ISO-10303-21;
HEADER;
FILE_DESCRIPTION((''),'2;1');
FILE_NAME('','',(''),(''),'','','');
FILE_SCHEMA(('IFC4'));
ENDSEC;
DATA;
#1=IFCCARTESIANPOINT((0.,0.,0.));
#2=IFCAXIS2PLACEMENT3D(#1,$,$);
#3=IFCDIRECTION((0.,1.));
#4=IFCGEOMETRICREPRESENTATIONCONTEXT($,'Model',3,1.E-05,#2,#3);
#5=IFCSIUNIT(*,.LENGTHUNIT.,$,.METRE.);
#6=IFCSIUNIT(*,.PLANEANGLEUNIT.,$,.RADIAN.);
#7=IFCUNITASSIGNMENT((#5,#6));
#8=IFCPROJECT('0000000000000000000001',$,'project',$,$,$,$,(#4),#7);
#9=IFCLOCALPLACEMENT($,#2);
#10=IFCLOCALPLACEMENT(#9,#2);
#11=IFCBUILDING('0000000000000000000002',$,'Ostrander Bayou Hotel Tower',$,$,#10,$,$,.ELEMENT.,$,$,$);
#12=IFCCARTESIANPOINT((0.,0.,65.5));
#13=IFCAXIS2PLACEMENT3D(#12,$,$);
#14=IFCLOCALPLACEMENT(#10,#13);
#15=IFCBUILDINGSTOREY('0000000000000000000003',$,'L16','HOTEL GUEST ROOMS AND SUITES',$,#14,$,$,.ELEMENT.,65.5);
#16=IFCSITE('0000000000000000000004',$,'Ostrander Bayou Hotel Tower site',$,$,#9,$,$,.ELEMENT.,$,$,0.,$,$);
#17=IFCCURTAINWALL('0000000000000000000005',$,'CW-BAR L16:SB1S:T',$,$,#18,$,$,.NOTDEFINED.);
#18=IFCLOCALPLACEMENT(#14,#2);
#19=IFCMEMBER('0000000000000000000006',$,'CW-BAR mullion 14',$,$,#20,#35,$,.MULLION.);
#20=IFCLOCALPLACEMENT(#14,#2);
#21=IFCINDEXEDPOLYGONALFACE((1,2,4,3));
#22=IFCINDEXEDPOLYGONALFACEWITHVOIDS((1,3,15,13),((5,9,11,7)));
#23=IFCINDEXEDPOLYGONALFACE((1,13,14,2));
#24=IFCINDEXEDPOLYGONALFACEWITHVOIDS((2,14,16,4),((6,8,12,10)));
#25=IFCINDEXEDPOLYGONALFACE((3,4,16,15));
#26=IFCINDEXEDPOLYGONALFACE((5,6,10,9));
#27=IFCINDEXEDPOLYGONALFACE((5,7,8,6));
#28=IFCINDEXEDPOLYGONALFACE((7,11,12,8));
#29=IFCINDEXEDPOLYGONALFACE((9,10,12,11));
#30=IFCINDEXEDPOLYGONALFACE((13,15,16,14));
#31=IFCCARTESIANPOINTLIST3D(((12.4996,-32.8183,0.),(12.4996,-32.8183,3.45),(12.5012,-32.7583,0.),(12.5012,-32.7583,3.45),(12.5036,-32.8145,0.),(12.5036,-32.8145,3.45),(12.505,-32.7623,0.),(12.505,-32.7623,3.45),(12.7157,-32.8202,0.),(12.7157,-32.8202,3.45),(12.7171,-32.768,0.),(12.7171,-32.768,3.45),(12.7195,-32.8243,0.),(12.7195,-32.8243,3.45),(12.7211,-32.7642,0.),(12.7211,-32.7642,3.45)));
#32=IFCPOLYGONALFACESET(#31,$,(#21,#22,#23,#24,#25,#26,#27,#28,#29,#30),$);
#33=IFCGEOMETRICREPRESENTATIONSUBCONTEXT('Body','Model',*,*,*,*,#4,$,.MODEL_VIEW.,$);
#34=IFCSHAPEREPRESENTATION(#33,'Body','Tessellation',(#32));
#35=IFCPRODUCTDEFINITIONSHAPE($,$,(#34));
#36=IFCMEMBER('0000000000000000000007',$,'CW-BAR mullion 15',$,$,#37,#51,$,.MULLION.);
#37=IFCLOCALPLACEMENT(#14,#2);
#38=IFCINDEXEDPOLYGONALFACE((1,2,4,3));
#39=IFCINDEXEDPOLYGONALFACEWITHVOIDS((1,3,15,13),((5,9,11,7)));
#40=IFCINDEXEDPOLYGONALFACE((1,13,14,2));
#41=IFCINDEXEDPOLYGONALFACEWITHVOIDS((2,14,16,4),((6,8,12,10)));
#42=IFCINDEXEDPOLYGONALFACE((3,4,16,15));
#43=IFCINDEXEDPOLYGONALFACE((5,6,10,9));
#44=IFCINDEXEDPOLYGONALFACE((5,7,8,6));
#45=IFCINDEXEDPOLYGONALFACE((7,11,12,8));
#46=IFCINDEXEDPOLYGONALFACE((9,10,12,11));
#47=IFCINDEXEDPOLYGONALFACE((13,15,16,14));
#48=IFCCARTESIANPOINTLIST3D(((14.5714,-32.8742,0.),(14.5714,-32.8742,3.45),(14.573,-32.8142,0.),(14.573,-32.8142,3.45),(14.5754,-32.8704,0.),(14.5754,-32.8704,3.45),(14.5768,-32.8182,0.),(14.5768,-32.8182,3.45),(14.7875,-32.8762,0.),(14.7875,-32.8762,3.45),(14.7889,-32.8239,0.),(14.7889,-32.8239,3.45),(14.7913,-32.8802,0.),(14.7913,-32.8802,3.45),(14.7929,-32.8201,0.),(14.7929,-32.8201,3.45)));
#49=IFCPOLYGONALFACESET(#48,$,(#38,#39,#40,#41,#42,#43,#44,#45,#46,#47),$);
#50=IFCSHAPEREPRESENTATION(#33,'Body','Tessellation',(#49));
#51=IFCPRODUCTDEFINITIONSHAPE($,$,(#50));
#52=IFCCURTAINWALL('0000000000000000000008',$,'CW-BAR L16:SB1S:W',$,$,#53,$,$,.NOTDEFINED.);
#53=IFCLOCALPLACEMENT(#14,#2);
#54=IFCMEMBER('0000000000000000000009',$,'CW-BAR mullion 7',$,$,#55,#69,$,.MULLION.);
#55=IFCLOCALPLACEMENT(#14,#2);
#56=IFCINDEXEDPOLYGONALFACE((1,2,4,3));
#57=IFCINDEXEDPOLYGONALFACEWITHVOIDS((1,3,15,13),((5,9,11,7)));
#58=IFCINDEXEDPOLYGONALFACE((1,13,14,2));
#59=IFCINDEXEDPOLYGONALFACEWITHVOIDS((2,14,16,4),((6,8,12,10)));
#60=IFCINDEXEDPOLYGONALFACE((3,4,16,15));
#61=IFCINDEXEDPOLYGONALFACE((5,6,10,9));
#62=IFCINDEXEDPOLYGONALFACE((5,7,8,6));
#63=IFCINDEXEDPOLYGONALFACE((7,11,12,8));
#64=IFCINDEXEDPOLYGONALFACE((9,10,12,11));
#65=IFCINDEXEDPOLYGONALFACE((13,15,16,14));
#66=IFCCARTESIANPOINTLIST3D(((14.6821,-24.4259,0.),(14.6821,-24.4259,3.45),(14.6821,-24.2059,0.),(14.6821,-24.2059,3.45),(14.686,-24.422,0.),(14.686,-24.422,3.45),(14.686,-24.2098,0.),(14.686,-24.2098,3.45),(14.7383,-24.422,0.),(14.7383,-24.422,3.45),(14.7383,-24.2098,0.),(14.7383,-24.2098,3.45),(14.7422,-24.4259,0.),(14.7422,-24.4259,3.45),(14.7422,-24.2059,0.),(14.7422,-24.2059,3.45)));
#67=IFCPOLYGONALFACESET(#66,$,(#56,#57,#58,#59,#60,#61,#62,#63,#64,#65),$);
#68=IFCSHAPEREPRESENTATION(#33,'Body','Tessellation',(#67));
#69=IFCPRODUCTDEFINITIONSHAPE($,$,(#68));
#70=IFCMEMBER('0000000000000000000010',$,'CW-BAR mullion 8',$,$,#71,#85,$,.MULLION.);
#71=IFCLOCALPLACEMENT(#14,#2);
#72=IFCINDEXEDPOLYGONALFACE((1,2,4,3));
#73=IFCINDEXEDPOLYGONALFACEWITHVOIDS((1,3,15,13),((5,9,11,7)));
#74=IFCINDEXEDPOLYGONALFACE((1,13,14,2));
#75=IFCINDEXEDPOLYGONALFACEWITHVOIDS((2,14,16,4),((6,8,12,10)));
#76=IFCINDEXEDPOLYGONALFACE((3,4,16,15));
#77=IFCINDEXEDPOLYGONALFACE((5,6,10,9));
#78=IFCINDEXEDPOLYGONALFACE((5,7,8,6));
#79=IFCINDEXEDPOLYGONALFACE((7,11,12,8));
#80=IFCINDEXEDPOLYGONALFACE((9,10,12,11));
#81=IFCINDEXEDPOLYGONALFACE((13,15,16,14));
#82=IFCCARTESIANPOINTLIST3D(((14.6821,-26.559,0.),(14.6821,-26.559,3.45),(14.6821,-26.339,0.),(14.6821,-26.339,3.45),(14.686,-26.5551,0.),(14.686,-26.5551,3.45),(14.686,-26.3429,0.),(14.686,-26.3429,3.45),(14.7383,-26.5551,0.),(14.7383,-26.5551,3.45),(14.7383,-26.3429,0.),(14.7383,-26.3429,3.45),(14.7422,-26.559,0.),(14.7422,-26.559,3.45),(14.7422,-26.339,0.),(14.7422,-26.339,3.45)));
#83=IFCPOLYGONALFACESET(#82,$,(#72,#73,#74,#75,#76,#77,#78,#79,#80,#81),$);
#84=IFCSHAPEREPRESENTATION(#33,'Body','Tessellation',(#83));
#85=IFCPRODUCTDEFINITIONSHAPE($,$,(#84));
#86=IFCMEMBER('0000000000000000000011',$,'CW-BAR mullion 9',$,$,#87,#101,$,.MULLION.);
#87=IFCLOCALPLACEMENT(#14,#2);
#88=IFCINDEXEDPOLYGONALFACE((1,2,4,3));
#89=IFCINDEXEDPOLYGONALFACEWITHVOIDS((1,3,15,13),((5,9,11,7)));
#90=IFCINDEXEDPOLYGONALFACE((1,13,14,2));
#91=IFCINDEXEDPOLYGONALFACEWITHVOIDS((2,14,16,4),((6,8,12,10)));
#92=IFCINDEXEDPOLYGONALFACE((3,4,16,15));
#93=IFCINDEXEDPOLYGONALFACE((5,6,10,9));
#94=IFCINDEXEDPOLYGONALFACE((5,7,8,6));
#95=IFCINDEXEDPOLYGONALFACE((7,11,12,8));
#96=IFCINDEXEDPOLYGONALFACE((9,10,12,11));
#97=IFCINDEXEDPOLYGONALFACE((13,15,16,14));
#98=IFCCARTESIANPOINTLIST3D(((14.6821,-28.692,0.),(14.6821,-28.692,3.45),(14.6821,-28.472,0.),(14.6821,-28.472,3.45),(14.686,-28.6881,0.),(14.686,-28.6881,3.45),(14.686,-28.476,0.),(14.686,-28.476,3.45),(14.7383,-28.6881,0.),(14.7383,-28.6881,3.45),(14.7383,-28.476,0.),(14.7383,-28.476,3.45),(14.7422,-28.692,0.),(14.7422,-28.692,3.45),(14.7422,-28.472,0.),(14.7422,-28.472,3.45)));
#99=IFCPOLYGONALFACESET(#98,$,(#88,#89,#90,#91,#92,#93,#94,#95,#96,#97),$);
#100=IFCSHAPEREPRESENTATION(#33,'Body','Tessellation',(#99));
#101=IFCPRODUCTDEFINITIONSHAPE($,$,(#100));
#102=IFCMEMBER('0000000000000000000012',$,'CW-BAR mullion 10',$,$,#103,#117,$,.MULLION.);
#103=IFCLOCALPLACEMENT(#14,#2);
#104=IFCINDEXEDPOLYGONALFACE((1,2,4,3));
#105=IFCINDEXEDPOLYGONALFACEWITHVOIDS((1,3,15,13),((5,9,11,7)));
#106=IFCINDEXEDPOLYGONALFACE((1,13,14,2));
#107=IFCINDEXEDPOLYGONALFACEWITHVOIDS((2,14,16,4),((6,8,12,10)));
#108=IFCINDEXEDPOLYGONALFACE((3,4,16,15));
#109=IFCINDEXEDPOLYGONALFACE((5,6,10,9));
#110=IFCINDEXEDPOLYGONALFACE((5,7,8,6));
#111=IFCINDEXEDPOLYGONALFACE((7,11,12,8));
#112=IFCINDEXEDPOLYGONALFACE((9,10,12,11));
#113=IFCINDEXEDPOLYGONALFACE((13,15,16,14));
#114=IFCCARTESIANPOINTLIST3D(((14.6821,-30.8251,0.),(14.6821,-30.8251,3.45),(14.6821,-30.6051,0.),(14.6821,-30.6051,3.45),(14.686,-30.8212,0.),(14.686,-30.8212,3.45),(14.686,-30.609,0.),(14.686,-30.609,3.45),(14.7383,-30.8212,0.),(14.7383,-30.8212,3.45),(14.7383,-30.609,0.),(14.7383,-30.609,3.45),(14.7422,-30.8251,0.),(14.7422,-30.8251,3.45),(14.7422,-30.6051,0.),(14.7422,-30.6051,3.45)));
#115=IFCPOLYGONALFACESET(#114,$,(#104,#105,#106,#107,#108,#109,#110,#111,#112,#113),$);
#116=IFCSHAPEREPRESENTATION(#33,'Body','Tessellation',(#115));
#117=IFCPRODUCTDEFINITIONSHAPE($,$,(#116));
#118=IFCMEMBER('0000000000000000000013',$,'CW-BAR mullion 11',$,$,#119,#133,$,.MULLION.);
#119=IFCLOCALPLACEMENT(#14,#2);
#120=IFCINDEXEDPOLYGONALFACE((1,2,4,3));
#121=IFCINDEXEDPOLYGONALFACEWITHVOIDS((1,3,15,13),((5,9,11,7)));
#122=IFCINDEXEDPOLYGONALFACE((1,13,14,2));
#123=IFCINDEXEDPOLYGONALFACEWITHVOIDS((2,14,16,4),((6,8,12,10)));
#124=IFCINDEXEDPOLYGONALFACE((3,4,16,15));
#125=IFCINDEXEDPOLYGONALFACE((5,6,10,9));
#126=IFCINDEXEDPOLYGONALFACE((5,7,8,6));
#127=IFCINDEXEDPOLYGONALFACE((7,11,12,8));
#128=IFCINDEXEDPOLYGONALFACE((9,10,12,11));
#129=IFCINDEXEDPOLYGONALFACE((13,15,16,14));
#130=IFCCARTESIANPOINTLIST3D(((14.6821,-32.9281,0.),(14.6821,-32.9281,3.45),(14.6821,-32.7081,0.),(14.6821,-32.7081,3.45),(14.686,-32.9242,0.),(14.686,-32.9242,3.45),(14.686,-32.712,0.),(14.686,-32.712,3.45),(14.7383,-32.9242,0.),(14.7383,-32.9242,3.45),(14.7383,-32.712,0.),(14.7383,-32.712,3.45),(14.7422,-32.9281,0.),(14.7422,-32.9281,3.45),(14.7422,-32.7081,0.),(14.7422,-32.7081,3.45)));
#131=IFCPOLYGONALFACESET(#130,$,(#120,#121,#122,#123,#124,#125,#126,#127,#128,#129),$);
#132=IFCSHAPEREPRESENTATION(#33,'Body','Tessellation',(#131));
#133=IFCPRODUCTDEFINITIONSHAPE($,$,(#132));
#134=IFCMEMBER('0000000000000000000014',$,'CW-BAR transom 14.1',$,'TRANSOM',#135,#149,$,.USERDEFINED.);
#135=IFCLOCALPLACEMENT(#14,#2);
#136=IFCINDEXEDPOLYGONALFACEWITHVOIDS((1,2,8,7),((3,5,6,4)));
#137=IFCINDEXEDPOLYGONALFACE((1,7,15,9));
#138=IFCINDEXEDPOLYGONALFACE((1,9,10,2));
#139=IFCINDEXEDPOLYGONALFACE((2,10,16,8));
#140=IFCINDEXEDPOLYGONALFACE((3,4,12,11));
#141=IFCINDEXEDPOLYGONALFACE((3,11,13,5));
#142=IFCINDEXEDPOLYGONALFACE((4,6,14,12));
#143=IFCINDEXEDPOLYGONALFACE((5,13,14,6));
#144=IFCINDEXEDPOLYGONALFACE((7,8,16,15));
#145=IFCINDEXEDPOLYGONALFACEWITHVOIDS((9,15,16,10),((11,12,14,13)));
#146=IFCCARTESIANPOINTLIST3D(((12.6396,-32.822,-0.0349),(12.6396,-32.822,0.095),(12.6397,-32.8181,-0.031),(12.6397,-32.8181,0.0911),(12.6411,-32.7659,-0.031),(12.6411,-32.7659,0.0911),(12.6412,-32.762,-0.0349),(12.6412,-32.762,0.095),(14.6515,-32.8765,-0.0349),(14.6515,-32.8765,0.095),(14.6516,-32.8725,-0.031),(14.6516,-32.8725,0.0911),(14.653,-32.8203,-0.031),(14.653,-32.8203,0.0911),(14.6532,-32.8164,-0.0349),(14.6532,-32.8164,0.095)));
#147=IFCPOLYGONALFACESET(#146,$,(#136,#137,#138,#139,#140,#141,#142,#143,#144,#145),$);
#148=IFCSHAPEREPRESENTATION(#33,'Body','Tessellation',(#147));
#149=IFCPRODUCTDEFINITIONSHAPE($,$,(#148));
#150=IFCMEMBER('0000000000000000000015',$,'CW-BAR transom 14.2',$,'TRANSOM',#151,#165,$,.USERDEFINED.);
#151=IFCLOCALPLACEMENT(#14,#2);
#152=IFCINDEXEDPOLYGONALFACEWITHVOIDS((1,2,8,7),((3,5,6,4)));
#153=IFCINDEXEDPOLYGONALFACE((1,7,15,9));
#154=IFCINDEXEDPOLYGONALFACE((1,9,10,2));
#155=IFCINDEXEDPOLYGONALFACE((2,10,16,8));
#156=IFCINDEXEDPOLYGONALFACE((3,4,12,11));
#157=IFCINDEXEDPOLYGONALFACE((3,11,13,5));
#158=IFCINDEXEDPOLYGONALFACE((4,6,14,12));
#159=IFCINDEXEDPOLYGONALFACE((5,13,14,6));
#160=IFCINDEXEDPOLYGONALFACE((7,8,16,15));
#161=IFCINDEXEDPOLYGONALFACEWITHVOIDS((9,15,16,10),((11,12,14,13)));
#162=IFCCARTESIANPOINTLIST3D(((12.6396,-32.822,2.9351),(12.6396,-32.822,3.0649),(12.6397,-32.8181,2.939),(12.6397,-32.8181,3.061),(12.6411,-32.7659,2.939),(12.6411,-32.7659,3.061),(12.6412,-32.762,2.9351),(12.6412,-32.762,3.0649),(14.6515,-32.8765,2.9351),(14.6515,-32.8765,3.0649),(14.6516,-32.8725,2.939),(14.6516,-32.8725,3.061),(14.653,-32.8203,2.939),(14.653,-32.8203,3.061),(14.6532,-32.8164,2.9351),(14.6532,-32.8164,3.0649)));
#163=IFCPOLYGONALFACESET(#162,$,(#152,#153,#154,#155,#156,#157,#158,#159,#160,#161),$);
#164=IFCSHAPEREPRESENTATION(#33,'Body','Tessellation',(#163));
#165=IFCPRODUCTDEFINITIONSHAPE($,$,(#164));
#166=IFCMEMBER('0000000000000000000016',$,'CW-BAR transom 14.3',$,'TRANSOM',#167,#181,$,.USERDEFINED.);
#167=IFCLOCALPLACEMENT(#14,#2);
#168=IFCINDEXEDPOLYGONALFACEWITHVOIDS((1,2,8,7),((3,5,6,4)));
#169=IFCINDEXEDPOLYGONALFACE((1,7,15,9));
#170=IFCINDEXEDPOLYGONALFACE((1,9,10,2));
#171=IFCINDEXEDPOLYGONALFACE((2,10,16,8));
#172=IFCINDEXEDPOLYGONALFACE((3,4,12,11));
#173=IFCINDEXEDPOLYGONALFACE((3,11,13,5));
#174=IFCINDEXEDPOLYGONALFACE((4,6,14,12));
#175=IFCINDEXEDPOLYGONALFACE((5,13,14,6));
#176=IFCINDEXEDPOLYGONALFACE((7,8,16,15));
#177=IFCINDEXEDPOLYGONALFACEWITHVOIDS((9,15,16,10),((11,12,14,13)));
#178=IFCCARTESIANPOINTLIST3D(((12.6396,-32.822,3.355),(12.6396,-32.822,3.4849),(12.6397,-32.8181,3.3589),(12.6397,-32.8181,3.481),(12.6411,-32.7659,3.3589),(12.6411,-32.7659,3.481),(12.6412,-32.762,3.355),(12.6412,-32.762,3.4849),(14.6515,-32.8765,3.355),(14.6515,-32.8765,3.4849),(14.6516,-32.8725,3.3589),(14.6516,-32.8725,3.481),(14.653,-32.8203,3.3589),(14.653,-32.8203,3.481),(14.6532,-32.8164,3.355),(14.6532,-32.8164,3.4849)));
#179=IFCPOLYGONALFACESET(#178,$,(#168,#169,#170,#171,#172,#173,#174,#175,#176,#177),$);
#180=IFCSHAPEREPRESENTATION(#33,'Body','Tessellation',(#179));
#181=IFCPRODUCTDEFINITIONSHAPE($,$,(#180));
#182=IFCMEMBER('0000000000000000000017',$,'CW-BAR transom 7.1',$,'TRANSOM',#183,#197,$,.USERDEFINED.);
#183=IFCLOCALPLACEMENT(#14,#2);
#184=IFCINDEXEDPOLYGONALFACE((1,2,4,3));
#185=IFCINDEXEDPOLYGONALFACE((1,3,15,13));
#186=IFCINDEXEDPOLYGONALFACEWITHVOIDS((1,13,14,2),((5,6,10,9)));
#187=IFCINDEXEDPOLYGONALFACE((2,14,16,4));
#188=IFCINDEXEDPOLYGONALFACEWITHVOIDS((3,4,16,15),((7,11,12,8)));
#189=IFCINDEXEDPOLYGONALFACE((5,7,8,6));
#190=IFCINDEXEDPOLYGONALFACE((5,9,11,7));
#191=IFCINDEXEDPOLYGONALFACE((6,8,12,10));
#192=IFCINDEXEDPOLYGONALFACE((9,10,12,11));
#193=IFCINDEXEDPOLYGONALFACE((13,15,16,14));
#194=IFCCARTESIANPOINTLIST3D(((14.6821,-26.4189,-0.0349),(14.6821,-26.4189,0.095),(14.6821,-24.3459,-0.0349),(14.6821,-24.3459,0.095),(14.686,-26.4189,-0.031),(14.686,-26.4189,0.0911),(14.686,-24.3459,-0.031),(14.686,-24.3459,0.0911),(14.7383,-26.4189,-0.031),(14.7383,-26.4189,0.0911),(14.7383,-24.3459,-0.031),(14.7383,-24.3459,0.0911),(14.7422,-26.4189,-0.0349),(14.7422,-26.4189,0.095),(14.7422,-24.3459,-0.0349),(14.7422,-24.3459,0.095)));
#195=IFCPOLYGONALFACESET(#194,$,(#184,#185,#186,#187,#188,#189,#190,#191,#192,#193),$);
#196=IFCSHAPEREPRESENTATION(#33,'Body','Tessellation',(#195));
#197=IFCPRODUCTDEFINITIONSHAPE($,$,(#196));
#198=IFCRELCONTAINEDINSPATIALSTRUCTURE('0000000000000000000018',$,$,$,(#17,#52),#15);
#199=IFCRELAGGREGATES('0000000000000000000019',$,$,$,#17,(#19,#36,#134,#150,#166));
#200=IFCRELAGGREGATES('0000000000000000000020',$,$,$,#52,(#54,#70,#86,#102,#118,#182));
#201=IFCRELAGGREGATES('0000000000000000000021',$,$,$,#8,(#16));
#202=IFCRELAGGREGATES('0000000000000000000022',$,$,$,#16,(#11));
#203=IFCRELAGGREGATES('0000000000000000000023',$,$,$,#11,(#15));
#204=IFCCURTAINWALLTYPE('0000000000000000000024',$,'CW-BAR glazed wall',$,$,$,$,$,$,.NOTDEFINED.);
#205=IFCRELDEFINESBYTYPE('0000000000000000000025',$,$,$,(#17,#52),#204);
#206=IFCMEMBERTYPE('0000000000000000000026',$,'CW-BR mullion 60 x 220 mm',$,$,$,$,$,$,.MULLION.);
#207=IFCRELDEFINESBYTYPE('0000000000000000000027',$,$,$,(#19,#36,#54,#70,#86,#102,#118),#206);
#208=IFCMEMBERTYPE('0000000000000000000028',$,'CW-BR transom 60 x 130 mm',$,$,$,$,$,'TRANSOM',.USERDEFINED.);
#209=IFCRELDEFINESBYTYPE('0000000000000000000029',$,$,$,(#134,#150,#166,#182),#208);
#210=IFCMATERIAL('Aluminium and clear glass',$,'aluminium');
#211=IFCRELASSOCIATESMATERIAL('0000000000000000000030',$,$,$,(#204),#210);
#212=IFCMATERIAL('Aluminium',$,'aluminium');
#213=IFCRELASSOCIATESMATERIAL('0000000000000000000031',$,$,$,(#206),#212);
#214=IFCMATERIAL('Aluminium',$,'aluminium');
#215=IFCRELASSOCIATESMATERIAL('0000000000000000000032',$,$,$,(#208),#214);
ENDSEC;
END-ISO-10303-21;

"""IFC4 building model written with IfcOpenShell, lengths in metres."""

from ifc_helpers import new_model, si_unit, direction, frame, origin, origin_2d, place, context, subcontext, project, spatial, hollow_rectangle, extrude, material, material_profile, profile_set, type_object, element, aggregate, save


model = new_model("IFC4")

# Units and contexts
model_context = context("Model", 3, precision=1e-05, world=origin(), true_north=direction((0.0, 1.0)))
body_context = subcontext(model_context, "Body", "Model", "MODEL_VIEW")
ifc_project = project(units=[si_unit("LENGTHUNIT", "METRE"), si_unit("PLANEANGLEUNIT", "RADIAN")], contexts=[model_context])

# Site, building, storey
site_placement = place(None, origin())
site = spatial("IfcSite", under=ifc_project, at=site_placement, Name="Ostrander Bayou Hotel Tower site", CompositionType="ELEMENT", RefElevation=0.0)
building_placement = place(site_placement, origin())
building = spatial("IfcBuilding", under=site, at=building_placement, Name="Ostrander Bayou Hotel Tower", CompositionType="ELEMENT")
storey_placement = place(building_placement, frame((0.0, 0.0, 65.5)))
storey = spatial("IfcBuildingStorey", under=building, at=storey_placement, Name="L16", Description="HOTEL GUEST ROOMS AND SUITES", CompositionType="ELEMENT", Elevation=65.5)

# Curtain walls, members
ifc_material_1 = material(Name="Aluminium and clear glass", Category="aluminium")
curtain_wall_type = type_object("IfcCurtainWallType", Name="CW-BAR glazed wall", PredefinedType="NOTDEFINED", material=ifc_material_1)
curtain_wall_1_placement = place(storey_placement, origin())
curtain_wall_1 = element("IfcCurtainWall", 1, at=curtain_wall_1_placement, inside=storey, type_object=curtain_wall_type, Name="CW-BAR L16:SB1S:T", PredefinedType="NOTDEFINED")
ifc_material_2 = material(Name="Aluminium", Category="aluminium")
ifc_material_profile_1 = material_profile(ifc_material_2, hollow_rectangle(XDim=0.0601, YDim=0.22, WallThickness=0.0039, at=origin_2d()))
ifc_profile_set_1 = profile_set([ifc_material_profile_1], Name="Aluminium")
member_type_1 = type_object("IfcMemberType", Name="CW-BR mullion 60 x 220 mm", PredefinedType="MULLION", material=ifc_profile_set_1)
member_1_placement = place(storey_placement, frame((12.6104, -32.7913, 0.0), z_axis=(0.0, 0.0, 1.0), x_axis=(0.027042, 0.999634, 0.0)))
member_1 = element("IfcMember", 2, at=member_1_placement, type_object=member_type_1, Name="CW-BAR mullion 14", PredefinedType="MULLION", context=body_context, shape_type="SweptSolid", body=[
    extrude(hollow_rectangle(XDim=0.0601, YDim=0.22, WallThickness=0.0039, at=origin_2d()), origin(), (0.0, 0.0, 1.0), 3.45),
])
member_2_placement = place(storey_placement, frame((14.6821, -32.8472, 0.0), z_axis=(0.0, 0.0, 1.0), x_axis=(0.027042, 0.999634, 0.0)))
member_2 = element("IfcMember", 3, at=member_2_placement, type_object=member_type_1, Name="CW-BAR mullion 15", PredefinedType="MULLION", context=body_context, shape_type="SweptSolid", body=[
    extrude(hollow_rectangle(XDim=0.0601, YDim=0.22, WallThickness=0.0039, at=origin_2d()), origin(), (0.0, 0.0, 1.0), 3.45),
])
curtain_wall_2_placement = place(storey_placement, origin())
curtain_wall_2 = element("IfcCurtainWall", 4, at=curtain_wall_2_placement, inside=storey, type_object=curtain_wall_type, Name="CW-BAR L16:SB1S:W", PredefinedType="NOTDEFINED")
member_3_placement = place(storey_placement, frame((14.7122, -24.3159, 0.0), z_axis=(0.0, 0.0, 1.0), x_axis=(1.0, 0.0, 0.0)))
member_3 = element("IfcMember", 5, at=member_3_placement, type_object=member_type_1, Name="CW-BAR mullion 7", PredefinedType="MULLION", context=body_context, shape_type="SweptSolid", body=[
    extrude(hollow_rectangle(XDim=0.0601, YDim=0.22, WallThickness=0.0039, at=origin_2d()), origin(), (0.0, 0.0, 1.0), 3.45),
])
member_4_placement = place(storey_placement, frame((14.7122, -26.449, 0.0), z_axis=(0.0, 0.0, 1.0), x_axis=(1.0, 0.0, 0.0)))
member_4 = element("IfcMember", 6, at=member_4_placement, type_object=member_type_1, Name="CW-BAR mullion 8", PredefinedType="MULLION", context=body_context, shape_type="SweptSolid", body=[
    extrude(hollow_rectangle(XDim=0.0601, YDim=0.22, WallThickness=0.0039, at=origin_2d()), origin(), (0.0, 0.0, 1.0), 3.45),
])
member_5_placement = place(storey_placement, frame((14.7122, -28.582, 0.0), z_axis=(0.0, 0.0, 1.0), x_axis=(1.0, 0.0, 0.0)))
member_5 = element("IfcMember", 7, at=member_5_placement, type_object=member_type_1, Name="CW-BAR mullion 9", PredefinedType="MULLION", context=body_context, shape_type="SweptSolid", body=[
    extrude(hollow_rectangle(XDim=0.0601, YDim=0.22, WallThickness=0.0039, at=origin_2d()), origin(), (0.0, 0.0, 1.0), 3.45),
])
member_6_placement = place(storey_placement, frame((14.7122, -30.7151, 0.0), z_axis=(0.0, 0.0, 1.0), x_axis=(1.0, 0.0, 0.0)))
member_6 = element("IfcMember", 8, at=member_6_placement, type_object=member_type_1, Name="CW-BAR mullion 10", PredefinedType="MULLION", context=body_context, shape_type="SweptSolid", body=[
    extrude(hollow_rectangle(XDim=0.0601, YDim=0.22, WallThickness=0.0039, at=origin_2d()), origin(), (0.0, 0.0, 1.0), 3.45),
])
member_7_placement = place(storey_placement, frame((14.7122, -32.8181, 0.0), z_axis=(0.0, 0.0, 1.0), x_axis=(1.0, 0.0, 0.0)))
member_7 = element("IfcMember", 9, at=member_7_placement, type_object=member_type_1, Name="CW-BAR mullion 11", PredefinedType="MULLION", context=body_context, shape_type="SweptSolid", body=[
    extrude(hollow_rectangle(XDim=0.0601, YDim=0.22, WallThickness=0.0039, at=origin_2d()), origin(), (0.0, 0.0, 1.0), 3.45),
])

# Members
ifc_material_3 = material(Name="Aluminium", Category="aluminium")
ifc_material_profile_2 = material_profile(ifc_material_3, hollow_rectangle(XDim=0.0601, YDim=0.1299, WallThickness=0.0039, at=origin_2d()))
ifc_profile_set_2 = profile_set([ifc_material_profile_2], Name="Aluminium")
member_type_2 = type_object("IfcMemberType", Name="CW-BR transom 60 x 130 mm", ElementType="TRANSOM", PredefinedType="USERDEFINED", material=ifc_profile_set_2)
member_8_placement = place(storey_placement, frame((12.6404, -32.792, 0.03), z_axis=(0.999634, -0.02705, 0.0), x_axis=(0.02705, 0.999634, 0.0)))
member_8 = element("IfcMember", 10, at=member_8_placement, type_object=member_type_2, Name="CW-BAR transom 14.1", ObjectType="TRANSOM", PredefinedType="USERDEFINED", context=body_context, shape_type="SweptSolid", body=[
    extrude(hollow_rectangle(XDim=0.0601, YDim=0.1299, WallThickness=0.0039, at=origin_2d()), origin(), (0.0, 0.0, 1.0), 2.0127),
])
member_9_placement = place(storey_placement, frame((12.6404, -32.792, 3.0), z_axis=(0.999634, -0.02705, 0.0), x_axis=(0.02705, 0.999634, 0.0)))
member_9 = element("IfcMember", 11, at=member_9_placement, type_object=member_type_2, Name="CW-BAR transom 14.2", ObjectType="TRANSOM", PredefinedType="USERDEFINED", context=body_context, shape_type="SweptSolid", body=[
    extrude(hollow_rectangle(XDim=0.0601, YDim=0.1299, WallThickness=0.0039, at=origin_2d()), origin(), (0.0, 0.0, 1.0), 2.0127),
])
member_10_placement = place(storey_placement, frame((12.6404, -32.792, 3.4199), z_axis=(0.999634, -0.02705, 0.0), x_axis=(0.02705, 0.999634, 0.0)))
member_10 = element("IfcMember", 12, at=member_10_placement, type_object=member_type_2, Name="CW-BAR transom 14.3", ObjectType="TRANSOM", PredefinedType="USERDEFINED", context=body_context, shape_type="SweptSolid", body=[
    extrude(hollow_rectangle(XDim=0.0601, YDim=0.1299, WallThickness=0.0039, at=origin_2d()), origin(), (0.0, 0.0, 1.0), 2.0127),
])
member_11_placement = place(storey_placement, frame((14.7122, -24.3459, 0.03), z_axis=(0.0, -1.0, 0.0), x_axis=(1.0, 0.0, 0.0)))
member_11 = element("IfcMember", 13, at=member_11_placement, type_object=member_type_2, Name="CW-BAR transom 7.1", ObjectType="TRANSOM", PredefinedType="USERDEFINED", context=body_context, shape_type="SweptSolid", body=[
    extrude(hollow_rectangle(XDim=0.0601, YDim=0.1299, WallThickness=0.0039, at=origin_2d()), origin(), (0.0, 0.0, 1.0), 2.073),
])

aggregate(curtain_wall_1, [member_1, member_2, member_8, member_9, member_10])
aggregate(curtain_wall_2, [member_3, member_4, member_5, member_6, member_7, member_11])

save(model, "model.ifc")
